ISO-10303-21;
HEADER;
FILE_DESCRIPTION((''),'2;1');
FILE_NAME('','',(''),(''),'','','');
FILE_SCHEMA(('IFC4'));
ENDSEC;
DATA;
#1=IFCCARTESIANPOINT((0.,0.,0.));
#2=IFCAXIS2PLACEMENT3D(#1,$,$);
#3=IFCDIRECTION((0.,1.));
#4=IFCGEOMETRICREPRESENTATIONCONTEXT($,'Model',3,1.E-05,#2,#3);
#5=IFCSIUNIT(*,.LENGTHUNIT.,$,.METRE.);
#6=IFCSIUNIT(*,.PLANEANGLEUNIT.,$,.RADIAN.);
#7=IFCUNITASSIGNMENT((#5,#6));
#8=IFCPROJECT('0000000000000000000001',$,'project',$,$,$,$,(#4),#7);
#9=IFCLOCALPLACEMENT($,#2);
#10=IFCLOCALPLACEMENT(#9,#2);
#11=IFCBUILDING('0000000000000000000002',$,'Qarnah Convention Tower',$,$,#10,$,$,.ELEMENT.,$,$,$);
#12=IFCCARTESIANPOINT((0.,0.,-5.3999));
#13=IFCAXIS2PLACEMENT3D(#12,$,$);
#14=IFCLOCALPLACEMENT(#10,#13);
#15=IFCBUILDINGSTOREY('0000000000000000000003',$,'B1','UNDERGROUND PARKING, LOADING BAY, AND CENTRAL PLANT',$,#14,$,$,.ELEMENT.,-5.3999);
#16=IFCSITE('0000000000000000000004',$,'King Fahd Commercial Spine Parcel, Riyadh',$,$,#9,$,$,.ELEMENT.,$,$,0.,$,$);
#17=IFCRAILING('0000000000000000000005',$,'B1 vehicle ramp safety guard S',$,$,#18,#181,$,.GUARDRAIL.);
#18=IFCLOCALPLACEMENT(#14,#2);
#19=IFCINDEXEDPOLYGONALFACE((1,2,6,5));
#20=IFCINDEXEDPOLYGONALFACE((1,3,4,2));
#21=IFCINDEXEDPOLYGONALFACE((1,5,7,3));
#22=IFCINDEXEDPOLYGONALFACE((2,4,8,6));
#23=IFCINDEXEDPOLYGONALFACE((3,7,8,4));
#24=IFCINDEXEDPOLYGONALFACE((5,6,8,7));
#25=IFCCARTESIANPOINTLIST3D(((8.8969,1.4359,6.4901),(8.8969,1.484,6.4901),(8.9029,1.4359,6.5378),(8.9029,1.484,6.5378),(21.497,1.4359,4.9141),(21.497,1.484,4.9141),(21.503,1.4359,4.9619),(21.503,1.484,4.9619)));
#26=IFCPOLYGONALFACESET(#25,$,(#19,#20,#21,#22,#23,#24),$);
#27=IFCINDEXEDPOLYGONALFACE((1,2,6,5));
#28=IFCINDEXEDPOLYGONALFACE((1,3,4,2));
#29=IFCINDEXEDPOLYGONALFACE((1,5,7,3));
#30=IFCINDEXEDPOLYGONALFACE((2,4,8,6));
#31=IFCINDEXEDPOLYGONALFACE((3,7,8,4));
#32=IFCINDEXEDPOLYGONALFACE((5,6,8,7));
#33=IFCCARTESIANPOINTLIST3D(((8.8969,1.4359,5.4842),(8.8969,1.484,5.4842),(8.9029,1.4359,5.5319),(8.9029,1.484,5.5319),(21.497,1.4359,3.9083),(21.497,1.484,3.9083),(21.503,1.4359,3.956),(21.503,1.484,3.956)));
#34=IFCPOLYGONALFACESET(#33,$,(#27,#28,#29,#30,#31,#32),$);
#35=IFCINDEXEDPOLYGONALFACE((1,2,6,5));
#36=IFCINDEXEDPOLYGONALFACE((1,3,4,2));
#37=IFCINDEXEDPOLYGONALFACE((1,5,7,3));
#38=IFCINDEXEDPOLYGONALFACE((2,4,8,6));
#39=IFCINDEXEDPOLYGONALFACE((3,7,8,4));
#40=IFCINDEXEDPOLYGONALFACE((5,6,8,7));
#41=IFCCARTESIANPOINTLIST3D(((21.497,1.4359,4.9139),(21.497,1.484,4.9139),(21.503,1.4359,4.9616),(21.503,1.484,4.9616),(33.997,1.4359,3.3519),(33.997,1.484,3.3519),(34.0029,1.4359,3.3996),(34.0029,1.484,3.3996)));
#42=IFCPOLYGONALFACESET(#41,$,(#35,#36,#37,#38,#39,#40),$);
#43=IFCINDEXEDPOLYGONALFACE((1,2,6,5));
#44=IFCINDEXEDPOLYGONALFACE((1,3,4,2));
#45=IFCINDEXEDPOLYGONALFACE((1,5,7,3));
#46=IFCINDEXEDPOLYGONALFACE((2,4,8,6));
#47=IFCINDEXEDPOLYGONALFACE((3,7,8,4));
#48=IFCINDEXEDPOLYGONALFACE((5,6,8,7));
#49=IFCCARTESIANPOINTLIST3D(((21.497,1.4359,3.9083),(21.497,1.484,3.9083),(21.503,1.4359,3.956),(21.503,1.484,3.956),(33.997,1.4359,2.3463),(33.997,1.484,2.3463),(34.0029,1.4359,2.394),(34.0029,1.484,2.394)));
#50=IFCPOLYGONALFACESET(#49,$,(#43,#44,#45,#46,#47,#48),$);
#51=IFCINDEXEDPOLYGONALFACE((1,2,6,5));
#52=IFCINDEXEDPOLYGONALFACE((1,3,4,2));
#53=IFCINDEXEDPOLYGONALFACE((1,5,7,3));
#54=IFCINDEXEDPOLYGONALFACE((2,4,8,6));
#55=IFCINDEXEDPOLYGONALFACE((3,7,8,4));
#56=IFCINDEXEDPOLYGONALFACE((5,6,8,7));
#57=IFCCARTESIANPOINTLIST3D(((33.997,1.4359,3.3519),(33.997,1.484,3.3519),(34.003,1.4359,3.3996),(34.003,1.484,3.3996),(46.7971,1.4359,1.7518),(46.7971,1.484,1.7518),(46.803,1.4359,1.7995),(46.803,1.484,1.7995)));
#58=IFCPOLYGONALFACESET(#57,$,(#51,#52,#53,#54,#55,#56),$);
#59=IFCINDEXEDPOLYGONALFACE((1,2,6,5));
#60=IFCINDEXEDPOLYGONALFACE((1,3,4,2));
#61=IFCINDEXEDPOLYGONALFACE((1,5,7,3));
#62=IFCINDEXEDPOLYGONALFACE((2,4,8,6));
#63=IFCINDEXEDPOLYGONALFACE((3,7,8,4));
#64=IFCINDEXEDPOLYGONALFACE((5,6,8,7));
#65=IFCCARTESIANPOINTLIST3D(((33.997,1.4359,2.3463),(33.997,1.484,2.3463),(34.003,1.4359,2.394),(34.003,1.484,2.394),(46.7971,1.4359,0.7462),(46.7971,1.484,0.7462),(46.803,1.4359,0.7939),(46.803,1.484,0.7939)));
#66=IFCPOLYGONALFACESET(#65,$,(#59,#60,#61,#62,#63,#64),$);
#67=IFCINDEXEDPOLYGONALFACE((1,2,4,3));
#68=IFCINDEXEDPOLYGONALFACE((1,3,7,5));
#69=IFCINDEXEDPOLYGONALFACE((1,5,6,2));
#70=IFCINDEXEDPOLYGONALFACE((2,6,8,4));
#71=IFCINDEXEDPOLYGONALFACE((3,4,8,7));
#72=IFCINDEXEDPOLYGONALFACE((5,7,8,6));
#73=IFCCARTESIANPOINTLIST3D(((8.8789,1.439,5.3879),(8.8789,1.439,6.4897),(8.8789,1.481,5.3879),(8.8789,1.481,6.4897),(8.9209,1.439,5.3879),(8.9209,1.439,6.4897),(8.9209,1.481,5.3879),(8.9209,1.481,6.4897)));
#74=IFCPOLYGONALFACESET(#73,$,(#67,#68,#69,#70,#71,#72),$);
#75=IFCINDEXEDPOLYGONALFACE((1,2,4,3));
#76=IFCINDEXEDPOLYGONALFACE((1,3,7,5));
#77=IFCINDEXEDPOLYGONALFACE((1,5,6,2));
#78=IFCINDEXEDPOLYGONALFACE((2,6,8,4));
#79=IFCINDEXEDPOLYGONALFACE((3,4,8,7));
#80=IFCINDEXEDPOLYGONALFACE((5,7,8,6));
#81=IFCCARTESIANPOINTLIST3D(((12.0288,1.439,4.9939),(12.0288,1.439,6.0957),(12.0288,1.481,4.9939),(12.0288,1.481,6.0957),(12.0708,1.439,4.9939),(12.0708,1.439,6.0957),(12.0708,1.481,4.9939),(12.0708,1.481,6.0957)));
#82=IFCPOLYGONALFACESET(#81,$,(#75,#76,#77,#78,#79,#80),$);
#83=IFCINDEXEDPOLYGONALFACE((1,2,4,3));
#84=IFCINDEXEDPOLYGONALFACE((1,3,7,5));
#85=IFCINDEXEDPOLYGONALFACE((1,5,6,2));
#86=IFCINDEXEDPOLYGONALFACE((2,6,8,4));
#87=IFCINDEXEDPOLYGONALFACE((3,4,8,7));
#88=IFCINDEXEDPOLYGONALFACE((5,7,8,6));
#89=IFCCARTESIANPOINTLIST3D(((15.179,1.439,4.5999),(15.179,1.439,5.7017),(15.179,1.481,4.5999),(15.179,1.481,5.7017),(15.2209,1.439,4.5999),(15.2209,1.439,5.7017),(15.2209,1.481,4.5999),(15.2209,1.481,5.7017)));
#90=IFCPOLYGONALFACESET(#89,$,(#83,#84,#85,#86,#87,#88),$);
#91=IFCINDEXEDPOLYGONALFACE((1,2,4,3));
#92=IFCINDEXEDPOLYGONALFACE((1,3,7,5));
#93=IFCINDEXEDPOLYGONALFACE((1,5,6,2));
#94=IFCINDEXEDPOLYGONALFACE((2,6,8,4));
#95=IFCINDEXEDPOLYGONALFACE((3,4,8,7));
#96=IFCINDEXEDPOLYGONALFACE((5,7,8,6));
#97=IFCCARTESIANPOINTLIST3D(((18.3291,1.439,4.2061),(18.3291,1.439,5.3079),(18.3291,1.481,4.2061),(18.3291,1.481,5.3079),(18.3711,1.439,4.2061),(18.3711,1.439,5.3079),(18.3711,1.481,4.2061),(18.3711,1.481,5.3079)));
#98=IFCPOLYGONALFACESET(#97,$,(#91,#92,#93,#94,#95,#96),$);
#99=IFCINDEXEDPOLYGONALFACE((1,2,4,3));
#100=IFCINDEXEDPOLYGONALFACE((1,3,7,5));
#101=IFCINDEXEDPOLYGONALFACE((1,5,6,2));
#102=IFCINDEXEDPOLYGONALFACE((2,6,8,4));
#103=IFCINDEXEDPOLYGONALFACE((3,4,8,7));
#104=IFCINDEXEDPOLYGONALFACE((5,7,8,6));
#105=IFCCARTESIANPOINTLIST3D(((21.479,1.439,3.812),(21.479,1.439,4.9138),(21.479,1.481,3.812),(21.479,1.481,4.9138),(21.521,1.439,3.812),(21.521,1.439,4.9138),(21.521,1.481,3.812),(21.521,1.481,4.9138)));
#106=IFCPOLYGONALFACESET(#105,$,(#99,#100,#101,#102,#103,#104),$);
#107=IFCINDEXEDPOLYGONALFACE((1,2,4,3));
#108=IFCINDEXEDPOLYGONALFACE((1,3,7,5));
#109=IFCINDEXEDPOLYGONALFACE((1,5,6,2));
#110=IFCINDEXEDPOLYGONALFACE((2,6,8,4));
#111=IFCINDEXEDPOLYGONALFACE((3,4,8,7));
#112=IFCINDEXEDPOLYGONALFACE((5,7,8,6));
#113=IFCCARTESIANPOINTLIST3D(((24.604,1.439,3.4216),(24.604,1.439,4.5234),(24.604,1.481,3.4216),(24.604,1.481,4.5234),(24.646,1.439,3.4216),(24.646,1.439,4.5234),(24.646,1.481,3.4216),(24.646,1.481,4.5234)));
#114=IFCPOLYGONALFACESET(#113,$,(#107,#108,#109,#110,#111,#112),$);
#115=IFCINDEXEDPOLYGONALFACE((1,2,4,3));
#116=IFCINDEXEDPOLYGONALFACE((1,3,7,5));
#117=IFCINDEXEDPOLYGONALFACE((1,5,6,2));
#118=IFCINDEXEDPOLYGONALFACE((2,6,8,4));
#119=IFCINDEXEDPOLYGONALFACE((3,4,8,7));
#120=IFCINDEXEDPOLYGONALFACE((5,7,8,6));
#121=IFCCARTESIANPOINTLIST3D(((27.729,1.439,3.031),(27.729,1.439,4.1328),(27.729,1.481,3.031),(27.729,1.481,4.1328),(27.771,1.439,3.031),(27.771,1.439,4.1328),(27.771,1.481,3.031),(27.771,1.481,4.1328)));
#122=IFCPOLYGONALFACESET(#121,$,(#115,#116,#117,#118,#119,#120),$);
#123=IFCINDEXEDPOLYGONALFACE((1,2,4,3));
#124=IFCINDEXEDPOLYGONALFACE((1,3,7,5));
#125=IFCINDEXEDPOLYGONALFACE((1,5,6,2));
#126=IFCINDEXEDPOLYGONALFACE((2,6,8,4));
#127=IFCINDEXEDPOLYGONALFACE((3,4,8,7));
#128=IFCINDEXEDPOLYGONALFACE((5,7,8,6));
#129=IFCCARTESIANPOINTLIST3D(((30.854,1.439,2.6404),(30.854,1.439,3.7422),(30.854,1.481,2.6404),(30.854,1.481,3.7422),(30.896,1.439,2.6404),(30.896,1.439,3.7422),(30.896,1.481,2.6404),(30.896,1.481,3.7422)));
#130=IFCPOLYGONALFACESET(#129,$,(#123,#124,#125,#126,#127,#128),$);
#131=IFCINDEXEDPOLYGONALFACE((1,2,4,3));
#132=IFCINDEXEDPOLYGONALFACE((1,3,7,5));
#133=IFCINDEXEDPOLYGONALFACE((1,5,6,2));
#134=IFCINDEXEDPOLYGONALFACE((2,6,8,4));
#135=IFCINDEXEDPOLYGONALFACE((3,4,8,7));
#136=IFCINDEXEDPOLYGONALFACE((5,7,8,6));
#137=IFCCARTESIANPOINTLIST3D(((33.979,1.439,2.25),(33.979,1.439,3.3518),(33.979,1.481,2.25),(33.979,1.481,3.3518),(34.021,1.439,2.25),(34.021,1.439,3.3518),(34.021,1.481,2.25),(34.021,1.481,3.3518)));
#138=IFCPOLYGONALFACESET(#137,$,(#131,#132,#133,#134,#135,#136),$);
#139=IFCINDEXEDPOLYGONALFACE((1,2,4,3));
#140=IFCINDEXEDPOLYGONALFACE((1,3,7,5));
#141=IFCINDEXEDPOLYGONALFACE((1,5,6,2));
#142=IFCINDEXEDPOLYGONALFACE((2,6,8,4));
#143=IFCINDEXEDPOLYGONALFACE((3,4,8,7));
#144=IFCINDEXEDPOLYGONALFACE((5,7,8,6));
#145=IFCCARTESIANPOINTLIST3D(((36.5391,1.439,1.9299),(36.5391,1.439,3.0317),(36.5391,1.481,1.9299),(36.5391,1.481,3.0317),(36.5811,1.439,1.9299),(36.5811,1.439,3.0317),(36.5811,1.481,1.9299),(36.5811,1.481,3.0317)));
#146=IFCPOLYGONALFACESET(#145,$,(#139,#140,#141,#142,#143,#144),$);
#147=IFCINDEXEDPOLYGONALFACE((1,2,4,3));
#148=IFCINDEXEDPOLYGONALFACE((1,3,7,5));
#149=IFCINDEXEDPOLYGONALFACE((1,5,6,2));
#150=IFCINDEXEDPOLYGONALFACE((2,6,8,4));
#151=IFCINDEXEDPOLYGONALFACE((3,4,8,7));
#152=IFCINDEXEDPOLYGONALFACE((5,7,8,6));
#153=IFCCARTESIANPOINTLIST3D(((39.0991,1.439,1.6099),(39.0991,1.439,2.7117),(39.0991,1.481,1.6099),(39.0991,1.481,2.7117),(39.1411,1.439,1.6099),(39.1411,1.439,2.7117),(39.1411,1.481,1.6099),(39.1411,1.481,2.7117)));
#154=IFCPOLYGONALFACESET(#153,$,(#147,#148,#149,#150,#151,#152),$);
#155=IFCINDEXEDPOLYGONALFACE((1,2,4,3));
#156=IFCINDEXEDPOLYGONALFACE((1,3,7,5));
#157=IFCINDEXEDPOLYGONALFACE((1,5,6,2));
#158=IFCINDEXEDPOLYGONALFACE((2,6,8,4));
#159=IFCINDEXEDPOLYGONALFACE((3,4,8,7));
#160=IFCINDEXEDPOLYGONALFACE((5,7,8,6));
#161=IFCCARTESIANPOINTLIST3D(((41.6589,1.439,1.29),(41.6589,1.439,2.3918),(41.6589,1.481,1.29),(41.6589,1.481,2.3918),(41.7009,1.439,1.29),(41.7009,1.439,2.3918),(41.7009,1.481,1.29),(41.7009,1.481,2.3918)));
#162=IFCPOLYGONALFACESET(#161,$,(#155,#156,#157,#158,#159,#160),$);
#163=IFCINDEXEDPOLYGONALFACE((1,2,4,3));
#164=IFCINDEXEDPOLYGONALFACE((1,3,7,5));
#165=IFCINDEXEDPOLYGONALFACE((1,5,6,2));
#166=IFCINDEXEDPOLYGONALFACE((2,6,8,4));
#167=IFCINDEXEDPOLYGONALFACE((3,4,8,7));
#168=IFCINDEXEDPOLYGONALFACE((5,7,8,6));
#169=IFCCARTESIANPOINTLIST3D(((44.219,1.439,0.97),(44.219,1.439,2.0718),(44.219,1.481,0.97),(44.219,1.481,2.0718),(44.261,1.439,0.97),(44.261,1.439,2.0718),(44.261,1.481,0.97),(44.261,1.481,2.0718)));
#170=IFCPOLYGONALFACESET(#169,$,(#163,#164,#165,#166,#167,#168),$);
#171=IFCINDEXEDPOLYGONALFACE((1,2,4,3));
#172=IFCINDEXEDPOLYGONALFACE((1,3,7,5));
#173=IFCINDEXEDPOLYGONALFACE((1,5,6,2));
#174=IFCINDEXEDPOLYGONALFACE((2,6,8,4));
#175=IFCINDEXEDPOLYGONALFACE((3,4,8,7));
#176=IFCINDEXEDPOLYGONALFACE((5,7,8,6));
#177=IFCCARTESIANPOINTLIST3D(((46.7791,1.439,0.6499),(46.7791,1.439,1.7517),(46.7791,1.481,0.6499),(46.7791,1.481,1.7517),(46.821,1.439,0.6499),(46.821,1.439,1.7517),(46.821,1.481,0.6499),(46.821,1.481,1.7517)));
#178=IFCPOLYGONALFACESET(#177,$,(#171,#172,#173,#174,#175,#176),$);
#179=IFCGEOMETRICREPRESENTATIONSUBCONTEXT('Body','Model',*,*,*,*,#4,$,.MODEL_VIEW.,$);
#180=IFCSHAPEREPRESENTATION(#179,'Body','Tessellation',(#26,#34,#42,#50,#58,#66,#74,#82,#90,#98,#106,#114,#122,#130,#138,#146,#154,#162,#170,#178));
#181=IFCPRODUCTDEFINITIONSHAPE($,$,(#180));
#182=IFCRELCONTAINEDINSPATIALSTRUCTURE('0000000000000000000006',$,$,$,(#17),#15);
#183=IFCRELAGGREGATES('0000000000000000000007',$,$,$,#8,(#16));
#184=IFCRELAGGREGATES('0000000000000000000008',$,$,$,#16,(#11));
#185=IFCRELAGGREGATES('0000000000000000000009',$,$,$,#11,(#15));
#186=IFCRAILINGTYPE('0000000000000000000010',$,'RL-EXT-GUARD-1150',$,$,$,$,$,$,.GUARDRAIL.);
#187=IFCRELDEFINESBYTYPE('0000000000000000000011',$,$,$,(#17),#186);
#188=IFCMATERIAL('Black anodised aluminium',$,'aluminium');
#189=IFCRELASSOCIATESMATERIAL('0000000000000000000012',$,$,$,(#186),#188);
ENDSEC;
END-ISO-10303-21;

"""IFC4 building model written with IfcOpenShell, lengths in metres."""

from ifc_helpers import new_model, si_unit, direction, frame, origin, origin_2d, place, context, subcontext, project, spatial, rectangle, extrude, material, type_object, element, save


model = new_model("IFC4")

# Units and contexts
model_context = context("Model", 3, precision=1e-05, world=origin(), true_north=direction((0.0, 1.0)))
body_context = subcontext(model_context, "Body", "Model", "MODEL_VIEW")
ifc_project = project(units=[si_unit("LENGTHUNIT", "METRE"), si_unit("PLANEANGLEUNIT", "RADIAN")], contexts=[model_context])

# Site, building, storey
site_placement = place(None, origin())
site = spatial("IfcSite", under=ifc_project, at=site_placement, Name="King Fahd Commercial Spine Parcel, Riyadh", CompositionType="ELEMENT", RefElevation=0.0)
building_placement = place(site_placement, origin())
building = spatial("IfcBuilding", under=site, at=building_placement, Name="Qarnah Convention Tower", CompositionType="ELEMENT")
storey_placement = place(building_placement, frame((0.0, 0.0, -5.3999)))
storey = spatial("IfcBuildingStorey", under=building, at=storey_placement, Name="B1", Description="UNDERGROUND PARKING, LOADING BAY, AND CENTRAL PLANT", CompositionType="ELEMENT", Elevation=-5.3999)

# Railing
ifc_material_1 = material(Name="Black anodised aluminium", Category="aluminium")
railing_type = type_object("IfcRailingType", Name="RL-EXT-GUARD-1150", PredefinedType="GUARDRAIL", material=ifc_material_1)
railing_1_placement = place(storey_placement, frame((8.8999, 1.46, 5.3879)))
element("IfcRailing", 1, at=railing_1_placement, inside=storey, type_object=railing_type, Name="B1 vehicle ramp safety guard S", PredefinedType="GUARDRAIL", context=body_context, shape_type="SweptSolid", body=[
    extrude(rectangle(XDim=0.0481, YDim=0.0481, at=origin_2d()), frame((0.0, 0.0, 1.126), z_axis=(0.992269, 0.0, -0.124106), x_axis=(0.0, 1.0, 0.0)), (0.0, 0.0, 1.0), 12.6982),
    extrude(rectangle(XDim=0.0481, YDim=0.0481, at=origin_2d()), frame((0.0, 0.0, 0.1201), z_axis=(0.992269, 0.0, -0.124106), x_axis=(0.0, 1.0, 0.0)), (0.0, 0.0, 1.0), 12.6982),
    extrude(rectangle(XDim=0.0481, YDim=0.0481, at=origin_2d()), frame((12.6001, 0.0, -0.4502), z_axis=(0.992283, 0.0, -0.123997), x_axis=(0.0, 1.0, 0.0)), (0.0, 0.0, 1.0), 12.5972),
    extrude(rectangle(XDim=0.0481, YDim=0.0481, at=origin_2d()), frame((12.6001, 0.0, -1.4558), z_axis=(0.992283, 0.0, -0.123997), x_axis=(0.0, 1.0, 0.0)), (0.0, 0.0, 1.0), 12.5972),
    extrude(rectangle(XDim=0.0481, YDim=0.0481, at=origin_2d()), frame((25.1001, 0.0, -2.0122), z_axis=(0.992277, 0.0, -0.124042), x_axis=(0.0, 1.0, 0.0)), (0.0, 0.0, 1.0), 12.8997),
    extrude(rectangle(XDim=0.0481, YDim=0.0481, at=origin_2d()), frame((25.1001, 0.0, -3.0178), z_axis=(0.992277, 0.0, -0.124042), x_axis=(0.0, 1.0, 0.0)), (0.0, 0.0, 1.0), 12.8997),
    extrude(rectangle(XDim=0.042, YDim=0.042, at=origin_2d()), origin(), (0.0, 0.0, 1.0), 1.1018),
    extrude(rectangle(XDim=0.042, YDim=0.042, at=origin_2d()), frame((3.1499, 0.0, -0.394)), (0.0, 0.0, 1.0), 1.1018),
    extrude(rectangle(XDim=0.042, YDim=0.042, at=origin_2d()), frame((6.3, 0.0, -0.7881)), (0.0, 0.0, 1.0), 1.1018),
    extrude(rectangle(XDim=0.042, YDim=0.042, at=origin_2d()), frame((9.4502, 0.0, -1.1819)), (0.0, 0.0, 1.0), 1.1018),
    extrude(rectangle(XDim=0.042, YDim=0.042, at=origin_2d()), frame((12.6001, 0.0, -1.5759)), (0.0, 0.0, 1.0), 1.1018),
    extrude(rectangle(XDim=0.042, YDim=0.042, at=origin_2d()), frame((15.7251, 0.0, -1.9663)), (0.0, 0.0, 1.0), 1.1018),
    extrude(rectangle(XDim=0.042, YDim=0.042, at=origin_2d()), frame((18.8501, 0.0, -2.3569)), (0.0, 0.0, 1.0), 1.1018),
    extrude(rectangle(XDim=0.042, YDim=0.042, at=origin_2d()), frame((21.9751, 0.0, -2.7476)), (0.0, 0.0, 1.0), 1.1018),
    extrude(rectangle(XDim=0.042, YDim=0.042, at=origin_2d()), frame((25.1001, 0.0, -3.1379)), (0.0, 0.0, 1.0), 1.1018),
    extrude(rectangle(XDim=0.042, YDim=0.042, at=origin_2d()), frame((27.6602, 0.0, -3.458)), (0.0, 0.0, 1.0), 1.1018),
    extrude(rectangle(XDim=0.042, YDim=0.042, at=origin_2d()), frame((30.2202, 0.0, -3.7781)), (0.0, 0.0, 1.0), 1.1018),
    extrude(rectangle(XDim=0.042, YDim=0.042, at=origin_2d()), frame((32.78, 0.0, -4.0979)), (0.0, 0.0, 1.0), 1.1018),
    extrude(rectangle(XDim=0.042, YDim=0.042, at=origin_2d()), frame((35.3401, 0.0, -4.418)), (0.0, 0.0, 1.0), 1.1018),
    extrude(rectangle(XDim=0.042, YDim=0.042, at=origin_2d()), frame((37.9001, 0.0, -4.738)), (0.0, 0.0, 1.0), 1.1018),
])

save(model, "model.ifc")
